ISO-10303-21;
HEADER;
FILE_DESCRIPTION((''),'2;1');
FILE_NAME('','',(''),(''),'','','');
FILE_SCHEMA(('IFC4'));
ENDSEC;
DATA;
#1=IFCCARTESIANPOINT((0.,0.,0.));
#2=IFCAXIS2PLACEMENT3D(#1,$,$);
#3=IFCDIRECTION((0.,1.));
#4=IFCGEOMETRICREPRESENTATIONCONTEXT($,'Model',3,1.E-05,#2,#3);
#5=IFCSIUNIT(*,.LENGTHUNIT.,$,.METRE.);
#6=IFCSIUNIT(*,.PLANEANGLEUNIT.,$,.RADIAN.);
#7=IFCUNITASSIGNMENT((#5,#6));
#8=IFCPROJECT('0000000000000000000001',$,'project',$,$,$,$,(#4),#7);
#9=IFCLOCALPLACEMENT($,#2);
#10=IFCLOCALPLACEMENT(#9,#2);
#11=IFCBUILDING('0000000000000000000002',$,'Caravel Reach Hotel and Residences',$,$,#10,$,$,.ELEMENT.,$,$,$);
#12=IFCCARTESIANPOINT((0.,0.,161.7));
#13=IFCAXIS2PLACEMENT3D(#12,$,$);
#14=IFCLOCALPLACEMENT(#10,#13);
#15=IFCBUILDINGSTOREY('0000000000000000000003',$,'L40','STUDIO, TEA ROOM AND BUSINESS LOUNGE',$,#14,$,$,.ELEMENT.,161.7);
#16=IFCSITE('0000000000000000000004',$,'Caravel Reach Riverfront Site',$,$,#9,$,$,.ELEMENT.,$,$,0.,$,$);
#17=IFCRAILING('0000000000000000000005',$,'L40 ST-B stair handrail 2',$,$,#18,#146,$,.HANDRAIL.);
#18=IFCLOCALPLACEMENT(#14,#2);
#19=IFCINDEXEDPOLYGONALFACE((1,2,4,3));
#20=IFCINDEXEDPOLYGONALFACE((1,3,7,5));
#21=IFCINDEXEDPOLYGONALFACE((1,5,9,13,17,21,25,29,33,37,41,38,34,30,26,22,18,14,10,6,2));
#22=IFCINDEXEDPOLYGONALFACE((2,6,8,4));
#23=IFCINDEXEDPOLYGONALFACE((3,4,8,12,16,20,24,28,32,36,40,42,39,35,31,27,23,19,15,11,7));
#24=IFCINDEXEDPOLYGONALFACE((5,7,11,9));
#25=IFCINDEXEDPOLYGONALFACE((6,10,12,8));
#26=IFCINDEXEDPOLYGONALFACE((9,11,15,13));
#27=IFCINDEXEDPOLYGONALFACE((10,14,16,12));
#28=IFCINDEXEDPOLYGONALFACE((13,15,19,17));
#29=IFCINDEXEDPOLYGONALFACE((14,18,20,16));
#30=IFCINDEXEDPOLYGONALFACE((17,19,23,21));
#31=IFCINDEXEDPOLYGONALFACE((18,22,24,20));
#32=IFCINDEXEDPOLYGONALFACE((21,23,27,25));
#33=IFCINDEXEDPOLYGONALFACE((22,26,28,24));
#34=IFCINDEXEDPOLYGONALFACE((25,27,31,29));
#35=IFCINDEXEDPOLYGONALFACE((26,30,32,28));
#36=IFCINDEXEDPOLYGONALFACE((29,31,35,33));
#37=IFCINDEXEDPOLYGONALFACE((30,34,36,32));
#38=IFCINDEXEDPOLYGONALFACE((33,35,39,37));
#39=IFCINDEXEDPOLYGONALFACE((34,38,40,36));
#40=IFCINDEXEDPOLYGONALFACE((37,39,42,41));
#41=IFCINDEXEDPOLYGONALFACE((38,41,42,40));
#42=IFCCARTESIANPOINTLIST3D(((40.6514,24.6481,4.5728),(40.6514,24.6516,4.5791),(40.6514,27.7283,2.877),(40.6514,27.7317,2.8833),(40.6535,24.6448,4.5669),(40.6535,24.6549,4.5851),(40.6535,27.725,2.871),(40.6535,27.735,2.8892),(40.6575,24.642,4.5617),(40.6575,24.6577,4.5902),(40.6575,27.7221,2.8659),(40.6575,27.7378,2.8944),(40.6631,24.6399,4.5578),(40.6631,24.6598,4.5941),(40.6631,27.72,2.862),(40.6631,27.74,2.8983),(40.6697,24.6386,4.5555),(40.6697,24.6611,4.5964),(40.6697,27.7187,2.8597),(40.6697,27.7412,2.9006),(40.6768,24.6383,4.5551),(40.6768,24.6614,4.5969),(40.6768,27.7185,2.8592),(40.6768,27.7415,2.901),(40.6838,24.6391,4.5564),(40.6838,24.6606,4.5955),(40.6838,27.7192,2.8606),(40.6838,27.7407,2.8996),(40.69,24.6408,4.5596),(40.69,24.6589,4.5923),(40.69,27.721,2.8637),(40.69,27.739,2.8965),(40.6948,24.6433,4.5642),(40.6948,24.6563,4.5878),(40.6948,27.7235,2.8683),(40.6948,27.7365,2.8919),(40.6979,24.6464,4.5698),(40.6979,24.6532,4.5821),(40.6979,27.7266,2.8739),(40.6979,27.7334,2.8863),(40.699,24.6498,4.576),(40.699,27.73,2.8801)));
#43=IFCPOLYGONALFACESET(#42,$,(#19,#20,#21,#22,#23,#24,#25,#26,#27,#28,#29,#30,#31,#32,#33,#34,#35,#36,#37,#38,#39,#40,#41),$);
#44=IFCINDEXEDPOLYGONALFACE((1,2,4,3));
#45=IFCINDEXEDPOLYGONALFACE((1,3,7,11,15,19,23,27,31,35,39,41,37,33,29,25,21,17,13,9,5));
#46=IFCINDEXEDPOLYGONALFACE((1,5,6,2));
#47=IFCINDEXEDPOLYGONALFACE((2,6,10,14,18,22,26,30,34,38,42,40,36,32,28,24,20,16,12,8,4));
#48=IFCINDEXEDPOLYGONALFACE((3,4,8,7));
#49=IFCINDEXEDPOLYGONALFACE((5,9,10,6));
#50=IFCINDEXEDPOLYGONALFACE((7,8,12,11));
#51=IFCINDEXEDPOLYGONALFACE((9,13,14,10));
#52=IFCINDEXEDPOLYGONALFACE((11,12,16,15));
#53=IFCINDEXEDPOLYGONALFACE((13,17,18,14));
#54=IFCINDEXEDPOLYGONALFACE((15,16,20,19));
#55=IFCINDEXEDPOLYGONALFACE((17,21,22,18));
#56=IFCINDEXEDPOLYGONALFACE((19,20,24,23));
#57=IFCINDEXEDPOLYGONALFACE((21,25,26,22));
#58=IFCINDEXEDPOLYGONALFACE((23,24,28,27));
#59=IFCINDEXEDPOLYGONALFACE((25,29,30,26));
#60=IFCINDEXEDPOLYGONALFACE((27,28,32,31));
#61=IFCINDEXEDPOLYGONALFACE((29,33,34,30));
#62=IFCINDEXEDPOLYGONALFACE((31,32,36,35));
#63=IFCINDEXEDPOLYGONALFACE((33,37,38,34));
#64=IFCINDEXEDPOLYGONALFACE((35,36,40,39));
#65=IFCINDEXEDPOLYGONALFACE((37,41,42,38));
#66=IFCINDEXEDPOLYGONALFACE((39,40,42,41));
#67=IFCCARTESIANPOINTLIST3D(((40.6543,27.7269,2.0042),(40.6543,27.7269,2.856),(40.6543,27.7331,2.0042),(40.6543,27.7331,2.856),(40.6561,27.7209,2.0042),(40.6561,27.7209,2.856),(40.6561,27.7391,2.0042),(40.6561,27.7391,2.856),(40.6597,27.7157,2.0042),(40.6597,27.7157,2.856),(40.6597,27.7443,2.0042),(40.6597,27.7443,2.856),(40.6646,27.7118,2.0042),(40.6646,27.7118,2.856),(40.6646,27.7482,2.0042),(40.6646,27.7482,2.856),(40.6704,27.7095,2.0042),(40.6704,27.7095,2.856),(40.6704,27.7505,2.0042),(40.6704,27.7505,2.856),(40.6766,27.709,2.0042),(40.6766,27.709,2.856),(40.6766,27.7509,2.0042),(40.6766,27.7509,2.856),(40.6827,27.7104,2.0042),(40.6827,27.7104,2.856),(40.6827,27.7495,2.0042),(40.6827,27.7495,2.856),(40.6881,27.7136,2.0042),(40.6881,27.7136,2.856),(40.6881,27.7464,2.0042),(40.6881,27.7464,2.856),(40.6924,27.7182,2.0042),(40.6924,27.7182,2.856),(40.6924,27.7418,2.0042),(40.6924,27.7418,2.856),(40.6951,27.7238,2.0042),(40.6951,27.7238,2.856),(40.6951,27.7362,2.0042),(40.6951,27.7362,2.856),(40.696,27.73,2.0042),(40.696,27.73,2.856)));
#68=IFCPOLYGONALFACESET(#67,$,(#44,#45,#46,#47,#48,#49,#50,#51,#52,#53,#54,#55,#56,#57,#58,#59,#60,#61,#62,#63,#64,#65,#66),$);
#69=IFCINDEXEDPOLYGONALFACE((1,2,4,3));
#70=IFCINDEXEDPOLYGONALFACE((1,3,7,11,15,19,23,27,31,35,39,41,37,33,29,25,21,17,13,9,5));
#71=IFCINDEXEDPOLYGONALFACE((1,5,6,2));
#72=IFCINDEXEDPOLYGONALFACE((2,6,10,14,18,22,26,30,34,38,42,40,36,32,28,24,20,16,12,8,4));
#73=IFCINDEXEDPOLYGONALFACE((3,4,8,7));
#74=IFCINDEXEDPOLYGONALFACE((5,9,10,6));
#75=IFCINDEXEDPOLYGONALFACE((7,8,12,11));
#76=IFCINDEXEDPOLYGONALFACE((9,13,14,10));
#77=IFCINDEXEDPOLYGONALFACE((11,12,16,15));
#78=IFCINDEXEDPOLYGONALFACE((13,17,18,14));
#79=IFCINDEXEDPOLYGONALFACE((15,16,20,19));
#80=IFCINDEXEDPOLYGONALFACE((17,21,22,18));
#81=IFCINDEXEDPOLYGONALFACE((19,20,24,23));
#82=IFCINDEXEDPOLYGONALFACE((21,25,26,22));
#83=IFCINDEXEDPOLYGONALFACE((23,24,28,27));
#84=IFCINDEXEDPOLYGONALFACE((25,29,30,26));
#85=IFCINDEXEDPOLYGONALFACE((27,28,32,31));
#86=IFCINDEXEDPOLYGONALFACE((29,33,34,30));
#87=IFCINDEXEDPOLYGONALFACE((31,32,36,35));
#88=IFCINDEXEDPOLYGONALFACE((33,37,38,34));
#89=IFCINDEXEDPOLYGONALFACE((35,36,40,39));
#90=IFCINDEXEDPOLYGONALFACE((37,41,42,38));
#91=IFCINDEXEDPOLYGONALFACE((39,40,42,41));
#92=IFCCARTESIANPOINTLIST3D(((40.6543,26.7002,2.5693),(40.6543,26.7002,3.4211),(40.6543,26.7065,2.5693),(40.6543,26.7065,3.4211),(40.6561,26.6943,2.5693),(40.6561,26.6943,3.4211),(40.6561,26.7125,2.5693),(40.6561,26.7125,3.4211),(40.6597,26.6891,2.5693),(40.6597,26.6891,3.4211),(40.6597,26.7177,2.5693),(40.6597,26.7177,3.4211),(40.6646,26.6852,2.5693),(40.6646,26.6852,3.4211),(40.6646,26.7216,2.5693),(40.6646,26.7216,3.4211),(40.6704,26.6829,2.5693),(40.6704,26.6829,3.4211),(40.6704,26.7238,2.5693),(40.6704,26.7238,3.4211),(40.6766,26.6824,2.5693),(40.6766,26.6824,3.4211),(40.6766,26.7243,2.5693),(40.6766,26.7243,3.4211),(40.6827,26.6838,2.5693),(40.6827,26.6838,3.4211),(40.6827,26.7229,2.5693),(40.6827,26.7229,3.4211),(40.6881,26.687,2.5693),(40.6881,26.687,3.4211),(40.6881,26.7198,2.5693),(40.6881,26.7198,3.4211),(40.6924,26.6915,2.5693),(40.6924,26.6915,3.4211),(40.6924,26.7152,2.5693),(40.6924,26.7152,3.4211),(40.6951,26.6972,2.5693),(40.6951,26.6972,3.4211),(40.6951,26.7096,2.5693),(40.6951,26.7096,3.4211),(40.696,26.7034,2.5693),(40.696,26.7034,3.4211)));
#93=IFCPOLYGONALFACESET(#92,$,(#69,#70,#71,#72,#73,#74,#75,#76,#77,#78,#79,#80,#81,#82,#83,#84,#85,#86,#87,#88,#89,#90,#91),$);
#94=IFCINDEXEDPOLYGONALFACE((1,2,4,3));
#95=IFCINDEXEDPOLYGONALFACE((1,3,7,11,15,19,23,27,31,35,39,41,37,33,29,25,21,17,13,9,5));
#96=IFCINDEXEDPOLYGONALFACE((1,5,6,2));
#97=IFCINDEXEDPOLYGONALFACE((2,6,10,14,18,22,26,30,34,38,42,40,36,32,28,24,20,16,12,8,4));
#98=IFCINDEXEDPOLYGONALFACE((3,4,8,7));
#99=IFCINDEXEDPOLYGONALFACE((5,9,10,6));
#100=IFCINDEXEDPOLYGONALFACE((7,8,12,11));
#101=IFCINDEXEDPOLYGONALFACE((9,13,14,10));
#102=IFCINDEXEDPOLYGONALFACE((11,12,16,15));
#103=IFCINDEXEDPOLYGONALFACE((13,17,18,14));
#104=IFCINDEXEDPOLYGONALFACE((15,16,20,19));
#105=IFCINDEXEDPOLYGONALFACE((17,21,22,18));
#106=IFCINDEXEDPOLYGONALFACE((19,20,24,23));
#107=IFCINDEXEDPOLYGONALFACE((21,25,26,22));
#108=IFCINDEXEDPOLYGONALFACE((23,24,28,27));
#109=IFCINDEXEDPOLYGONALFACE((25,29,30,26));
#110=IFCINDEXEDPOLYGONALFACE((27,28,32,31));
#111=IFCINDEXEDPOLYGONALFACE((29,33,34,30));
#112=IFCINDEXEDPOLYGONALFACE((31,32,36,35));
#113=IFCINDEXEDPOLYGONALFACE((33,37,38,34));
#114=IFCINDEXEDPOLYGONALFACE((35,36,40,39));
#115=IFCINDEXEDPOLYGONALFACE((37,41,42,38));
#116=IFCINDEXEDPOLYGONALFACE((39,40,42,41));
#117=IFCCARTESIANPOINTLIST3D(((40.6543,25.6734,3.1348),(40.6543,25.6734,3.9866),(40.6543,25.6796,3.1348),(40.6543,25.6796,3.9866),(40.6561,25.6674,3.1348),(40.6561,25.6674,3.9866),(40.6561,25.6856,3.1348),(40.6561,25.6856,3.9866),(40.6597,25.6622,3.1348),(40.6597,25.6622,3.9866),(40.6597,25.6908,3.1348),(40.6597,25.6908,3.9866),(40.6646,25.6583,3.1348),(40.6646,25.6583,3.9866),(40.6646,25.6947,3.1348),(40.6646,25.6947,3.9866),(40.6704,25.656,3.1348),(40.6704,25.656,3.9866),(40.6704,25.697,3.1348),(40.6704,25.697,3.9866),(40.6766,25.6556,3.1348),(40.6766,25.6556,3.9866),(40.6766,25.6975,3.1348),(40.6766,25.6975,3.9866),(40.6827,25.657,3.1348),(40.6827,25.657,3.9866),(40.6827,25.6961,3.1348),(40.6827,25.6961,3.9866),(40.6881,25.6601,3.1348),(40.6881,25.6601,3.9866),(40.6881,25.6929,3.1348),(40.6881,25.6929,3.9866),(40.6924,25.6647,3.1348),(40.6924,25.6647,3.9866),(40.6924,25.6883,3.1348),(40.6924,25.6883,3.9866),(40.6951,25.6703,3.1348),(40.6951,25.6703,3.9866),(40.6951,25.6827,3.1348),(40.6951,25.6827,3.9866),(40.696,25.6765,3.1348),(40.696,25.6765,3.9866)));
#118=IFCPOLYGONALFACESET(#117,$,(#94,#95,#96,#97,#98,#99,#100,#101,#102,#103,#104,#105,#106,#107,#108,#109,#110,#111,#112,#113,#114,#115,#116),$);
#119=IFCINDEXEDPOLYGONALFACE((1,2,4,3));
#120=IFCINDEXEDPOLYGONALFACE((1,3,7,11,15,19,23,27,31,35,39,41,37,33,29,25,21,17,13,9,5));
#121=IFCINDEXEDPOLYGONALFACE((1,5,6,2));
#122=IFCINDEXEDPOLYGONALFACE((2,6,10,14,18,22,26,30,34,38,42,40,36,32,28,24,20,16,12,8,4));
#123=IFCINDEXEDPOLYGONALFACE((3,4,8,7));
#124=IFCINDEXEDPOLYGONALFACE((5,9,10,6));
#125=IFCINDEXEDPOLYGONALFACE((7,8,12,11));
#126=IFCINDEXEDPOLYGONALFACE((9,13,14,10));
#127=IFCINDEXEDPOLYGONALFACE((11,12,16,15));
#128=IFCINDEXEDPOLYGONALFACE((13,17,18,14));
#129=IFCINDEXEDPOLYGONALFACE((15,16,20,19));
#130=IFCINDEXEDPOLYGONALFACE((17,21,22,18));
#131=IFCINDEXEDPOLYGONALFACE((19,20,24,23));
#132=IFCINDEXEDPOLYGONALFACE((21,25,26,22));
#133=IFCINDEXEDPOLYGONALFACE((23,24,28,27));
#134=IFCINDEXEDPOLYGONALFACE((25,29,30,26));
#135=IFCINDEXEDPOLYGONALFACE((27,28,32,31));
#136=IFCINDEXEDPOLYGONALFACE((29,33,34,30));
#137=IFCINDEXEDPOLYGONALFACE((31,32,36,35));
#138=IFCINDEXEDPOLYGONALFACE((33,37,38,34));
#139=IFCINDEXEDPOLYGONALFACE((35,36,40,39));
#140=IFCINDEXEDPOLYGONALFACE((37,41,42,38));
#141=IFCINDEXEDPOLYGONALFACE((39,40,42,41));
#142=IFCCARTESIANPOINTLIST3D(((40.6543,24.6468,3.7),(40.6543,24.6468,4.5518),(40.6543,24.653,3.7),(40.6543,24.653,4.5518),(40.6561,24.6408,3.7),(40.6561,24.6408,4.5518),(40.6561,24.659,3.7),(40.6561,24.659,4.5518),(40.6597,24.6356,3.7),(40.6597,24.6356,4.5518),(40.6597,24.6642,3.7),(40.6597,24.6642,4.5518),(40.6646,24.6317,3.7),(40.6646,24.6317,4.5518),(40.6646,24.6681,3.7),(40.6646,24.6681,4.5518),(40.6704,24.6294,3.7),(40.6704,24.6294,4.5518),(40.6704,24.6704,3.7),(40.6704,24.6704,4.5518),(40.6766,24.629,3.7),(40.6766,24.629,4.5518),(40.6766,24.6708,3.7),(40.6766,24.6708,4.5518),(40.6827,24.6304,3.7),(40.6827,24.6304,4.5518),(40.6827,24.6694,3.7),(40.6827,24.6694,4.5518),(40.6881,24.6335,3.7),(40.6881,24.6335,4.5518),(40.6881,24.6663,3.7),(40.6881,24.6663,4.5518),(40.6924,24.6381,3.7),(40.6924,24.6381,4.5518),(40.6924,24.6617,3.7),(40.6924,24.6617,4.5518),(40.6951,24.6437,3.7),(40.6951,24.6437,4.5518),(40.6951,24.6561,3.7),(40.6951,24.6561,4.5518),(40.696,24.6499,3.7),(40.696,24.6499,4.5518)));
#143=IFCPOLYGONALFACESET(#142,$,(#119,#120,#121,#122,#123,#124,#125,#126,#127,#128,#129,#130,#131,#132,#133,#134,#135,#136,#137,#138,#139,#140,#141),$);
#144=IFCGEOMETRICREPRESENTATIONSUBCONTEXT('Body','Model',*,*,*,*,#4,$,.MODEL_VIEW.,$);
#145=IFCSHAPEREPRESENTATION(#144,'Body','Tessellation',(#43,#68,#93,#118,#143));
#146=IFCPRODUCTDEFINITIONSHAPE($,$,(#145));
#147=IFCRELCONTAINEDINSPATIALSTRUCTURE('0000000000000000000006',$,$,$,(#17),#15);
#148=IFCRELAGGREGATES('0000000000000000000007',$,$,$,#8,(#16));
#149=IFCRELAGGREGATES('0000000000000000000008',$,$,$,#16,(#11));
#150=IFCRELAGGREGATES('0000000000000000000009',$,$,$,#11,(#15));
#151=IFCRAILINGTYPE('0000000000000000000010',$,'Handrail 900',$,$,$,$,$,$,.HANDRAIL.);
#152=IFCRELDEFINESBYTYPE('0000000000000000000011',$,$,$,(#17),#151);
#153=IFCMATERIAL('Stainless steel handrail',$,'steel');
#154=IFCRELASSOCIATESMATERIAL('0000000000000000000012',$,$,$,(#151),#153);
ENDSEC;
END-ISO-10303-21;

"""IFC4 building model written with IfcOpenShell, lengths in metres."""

from ifc_helpers import new_model, si_unit, direction, frame, origin, origin_2d, place, context, subcontext, project, spatial, circle, extrude, material, type_object, element, save


model = new_model("IFC4")

# Units and contexts
model_context = context("Model", 3, precision=1e-05, world=origin(), true_north=direction((0.0, 1.0)))
body_context = subcontext(model_context, "Body", "Model", "MODEL_VIEW")
ifc_project = project(units=[si_unit("LENGTHUNIT", "METRE"), si_unit("PLANEANGLEUNIT", "RADIAN")], contexts=[model_context])

# Site, building, storey
site_placement = place(None, origin())
site = spatial("IfcSite", under=ifc_project, at=site_placement, Name="Caravel Reach Riverfront Site", CompositionType="ELEMENT", RefElevation=0.0)
building_placement = place(site_placement, origin())
building = spatial("IfcBuilding", under=site, at=building_placement, Name="Caravel Reach Hotel and Residences", CompositionType="ELEMENT")
storey_placement = place(building_placement, frame((0.0, 0.0, 161.7)))
storey = spatial("IfcBuildingStorey", under=building, at=storey_placement, Name="L40", Description="STUDIO, TEA ROOM AND BUSINESS LOUNGE", CompositionType="ELEMENT", Elevation=161.7)

# Railing
ifc_material_1 = material(Name="Stainless steel handrail", Category="steel")
railing_type_1 = type_object("IfcRailingType", Name="Handrail 900", PredefinedType="HANDRAIL", material=ifc_material_1)
railing_1_placement = place(storey_placement, frame((40.675, 27.73, 2.0042)))
element("IfcRailing", 1, at=railing_1_placement, inside=storey, type_object=railing_type_1, Name="L40 ST-B stair handrail 2", PredefinedType="HANDRAIL", context=body_context, shape_type="SweptSolid", body=[
    extrude(circle(Radius=0.0239, at=origin_2d()), frame((0.0, 0.0, 0.876), z_axis=(0.0, -0.876005, 0.482303), x_axis=(1.0, 0.0, 0.0)), (0.0, 0.0, 1.0), 3.5161),
    extrude(circle(Radius=0.021, at=origin_2d()), origin(), (0.0, 0.0, 1.0), 0.8518),
    extrude(circle(Radius=0.021, at=origin_2d()), frame((0.0, -1.0266, 0.5652)), (0.0, 0.0, 1.0), 0.8518),
    extrude(circle(Radius=0.021, at=origin_2d()), frame((0.0, -2.0535, 1.1306)), (0.0, 0.0, 1.0), 0.8518),
    extrude(circle(Radius=0.021, at=origin_2d()), frame((0.0, -3.0801, 1.6958)), (0.0, 0.0, 1.0), 0.8518),
])

save(model, "model.ifc")
